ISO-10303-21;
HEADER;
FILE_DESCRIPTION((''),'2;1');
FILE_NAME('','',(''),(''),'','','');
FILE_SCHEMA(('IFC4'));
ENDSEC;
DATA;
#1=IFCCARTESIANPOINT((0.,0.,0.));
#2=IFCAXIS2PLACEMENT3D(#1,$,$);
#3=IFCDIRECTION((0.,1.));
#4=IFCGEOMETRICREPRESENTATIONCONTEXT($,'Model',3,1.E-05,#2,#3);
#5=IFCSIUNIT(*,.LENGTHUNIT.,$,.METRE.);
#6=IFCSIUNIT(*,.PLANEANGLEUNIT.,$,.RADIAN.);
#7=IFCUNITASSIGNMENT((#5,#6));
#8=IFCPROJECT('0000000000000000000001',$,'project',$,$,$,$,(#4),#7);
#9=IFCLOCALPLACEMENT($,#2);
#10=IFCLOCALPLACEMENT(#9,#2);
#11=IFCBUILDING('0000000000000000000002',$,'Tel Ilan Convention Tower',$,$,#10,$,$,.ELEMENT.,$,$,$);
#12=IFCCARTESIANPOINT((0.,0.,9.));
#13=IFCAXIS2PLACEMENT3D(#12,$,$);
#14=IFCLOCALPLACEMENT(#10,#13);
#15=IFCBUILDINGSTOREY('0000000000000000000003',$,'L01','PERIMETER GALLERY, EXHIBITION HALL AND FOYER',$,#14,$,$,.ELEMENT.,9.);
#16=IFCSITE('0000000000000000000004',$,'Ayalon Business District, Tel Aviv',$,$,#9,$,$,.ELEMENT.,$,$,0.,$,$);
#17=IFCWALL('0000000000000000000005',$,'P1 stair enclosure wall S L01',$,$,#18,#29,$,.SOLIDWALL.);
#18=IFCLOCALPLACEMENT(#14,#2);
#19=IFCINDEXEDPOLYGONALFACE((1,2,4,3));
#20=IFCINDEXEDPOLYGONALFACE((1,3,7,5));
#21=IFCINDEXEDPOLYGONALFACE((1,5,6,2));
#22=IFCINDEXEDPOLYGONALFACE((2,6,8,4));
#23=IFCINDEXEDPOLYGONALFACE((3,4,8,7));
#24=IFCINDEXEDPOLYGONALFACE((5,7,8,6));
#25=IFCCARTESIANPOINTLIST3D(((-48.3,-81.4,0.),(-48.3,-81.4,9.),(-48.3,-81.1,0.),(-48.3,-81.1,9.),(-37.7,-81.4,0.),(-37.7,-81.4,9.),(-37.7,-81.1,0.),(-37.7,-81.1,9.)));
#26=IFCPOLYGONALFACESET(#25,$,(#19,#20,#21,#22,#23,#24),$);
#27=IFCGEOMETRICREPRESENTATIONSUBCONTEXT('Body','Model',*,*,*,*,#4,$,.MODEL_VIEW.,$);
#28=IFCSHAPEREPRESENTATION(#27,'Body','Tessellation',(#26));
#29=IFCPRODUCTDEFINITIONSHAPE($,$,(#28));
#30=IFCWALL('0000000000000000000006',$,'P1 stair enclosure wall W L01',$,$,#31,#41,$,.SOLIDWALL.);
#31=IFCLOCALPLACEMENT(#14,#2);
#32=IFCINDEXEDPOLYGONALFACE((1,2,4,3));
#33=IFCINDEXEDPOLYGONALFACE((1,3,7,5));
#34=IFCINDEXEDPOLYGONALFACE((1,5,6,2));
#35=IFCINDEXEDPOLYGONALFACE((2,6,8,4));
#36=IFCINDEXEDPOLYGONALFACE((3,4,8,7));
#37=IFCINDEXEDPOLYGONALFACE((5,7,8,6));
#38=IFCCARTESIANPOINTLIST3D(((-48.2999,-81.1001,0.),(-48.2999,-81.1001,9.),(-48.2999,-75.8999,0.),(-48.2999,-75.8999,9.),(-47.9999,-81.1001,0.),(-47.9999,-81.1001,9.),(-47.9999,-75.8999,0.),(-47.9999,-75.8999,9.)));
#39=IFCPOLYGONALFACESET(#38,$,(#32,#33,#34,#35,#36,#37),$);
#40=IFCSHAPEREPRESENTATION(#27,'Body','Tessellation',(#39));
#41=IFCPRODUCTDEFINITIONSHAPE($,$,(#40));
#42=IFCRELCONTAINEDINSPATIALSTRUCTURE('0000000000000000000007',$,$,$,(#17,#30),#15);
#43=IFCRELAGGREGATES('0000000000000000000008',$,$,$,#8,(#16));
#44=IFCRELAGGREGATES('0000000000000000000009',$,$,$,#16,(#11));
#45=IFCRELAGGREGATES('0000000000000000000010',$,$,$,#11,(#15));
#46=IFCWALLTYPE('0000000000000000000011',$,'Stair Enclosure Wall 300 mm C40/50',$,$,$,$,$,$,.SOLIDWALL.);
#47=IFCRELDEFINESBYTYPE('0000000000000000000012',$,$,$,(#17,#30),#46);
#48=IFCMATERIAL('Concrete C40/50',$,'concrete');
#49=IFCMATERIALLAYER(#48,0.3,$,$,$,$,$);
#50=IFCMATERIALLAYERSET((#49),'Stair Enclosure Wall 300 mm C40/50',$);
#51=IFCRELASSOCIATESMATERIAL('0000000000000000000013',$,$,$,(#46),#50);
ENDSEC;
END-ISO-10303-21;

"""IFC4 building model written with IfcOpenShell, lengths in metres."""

from ifc_helpers import new_model, si_unit, direction, frame, frame_2d, origin, place, context, subcontext, project, spatial, rectangle, extrude, material, layer, layer_set, type_object, element, save


model = new_model("IFC4")

# Units and contexts
model_context = context("Model", 3, precision=1e-05, world=origin(), true_north=direction((0.0, 1.0)))
body_context = subcontext(model_context, "Body", "Model", "MODEL_VIEW")
ifc_project = project(units=[si_unit("LENGTHUNIT", "METRE"), si_unit("PLANEANGLEUNIT", "RADIAN")], contexts=[model_context])

# Site, building, storey
site_placement = place(None, origin())
site = spatial("IfcSite", under=ifc_project, at=site_placement, Name="Ayalon Business District, Tel Aviv", CompositionType="ELEMENT", RefElevation=0.0)
building_placement = place(site_placement, origin())
building = spatial("IfcBuilding", under=site, at=building_placement, Name="Tel Ilan Convention Tower", CompositionType="ELEMENT")
storey_placement = place(building_placement, frame((0.0, 0.0, 9.0)))
storey = spatial("IfcBuildingStorey", under=building, at=storey_placement, Name="L01", Description="PERIMETER GALLERY, EXHIBITION HALL AND FOYER", CompositionType="ELEMENT", Elevation=9.0)

# Walls
ifc_material = material(Name="Concrete C40/50", Category="concrete")
ifc_layer = layer(ifc_material, 0.3)
ifc_layer_set = layer_set([ifc_layer], Name="Stair Enclosure Wall 300 mm C40/50")
wall_type = type_object("IfcWallType", Name="Stair Enclosure Wall 300 mm C40/50", PredefinedType="SOLIDWALL", material=ifc_layer_set)
wall_1_placement = place(storey_placement, frame((-48.3, -81.25, 0.0), z_axis=(0.0, 0.0, 1.0), x_axis=(1.0, 0.0, 0.0)))
element("IfcWall", 1, at=wall_1_placement, inside=storey, type_object=wall_type, Name="P1 stair enclosure wall S L01", PredefinedType="SOLIDWALL", context=body_context, shape_type="SweptSolid", body=[
    extrude(rectangle(XDim=10.6001, YDim=0.3, at=frame_2d((5.3, 0.0))), origin(), (0.0, 0.0, 1.0), 9.0),
])
wall_2_placement = place(storey_placement, frame((-48.1499, -81.1001, 0.0), z_axis=(0.0, 0.0, 1.0), x_axis=(0.0, 1.0, 0.0)))
element("IfcWall", 2, at=wall_2_placement, inside=storey, type_object=wall_type, Name="P1 stair enclosure wall W L01", PredefinedType="SOLIDWALL", context=body_context, shape_type="SweptSolid", body=[
    extrude(rectangle(XDim=5.2002, YDim=0.3, at=frame_2d((2.6001, 0.0))), origin(), (0.0, 0.0, 1.0), 9.0),
])

save(model, "model.ifc")
